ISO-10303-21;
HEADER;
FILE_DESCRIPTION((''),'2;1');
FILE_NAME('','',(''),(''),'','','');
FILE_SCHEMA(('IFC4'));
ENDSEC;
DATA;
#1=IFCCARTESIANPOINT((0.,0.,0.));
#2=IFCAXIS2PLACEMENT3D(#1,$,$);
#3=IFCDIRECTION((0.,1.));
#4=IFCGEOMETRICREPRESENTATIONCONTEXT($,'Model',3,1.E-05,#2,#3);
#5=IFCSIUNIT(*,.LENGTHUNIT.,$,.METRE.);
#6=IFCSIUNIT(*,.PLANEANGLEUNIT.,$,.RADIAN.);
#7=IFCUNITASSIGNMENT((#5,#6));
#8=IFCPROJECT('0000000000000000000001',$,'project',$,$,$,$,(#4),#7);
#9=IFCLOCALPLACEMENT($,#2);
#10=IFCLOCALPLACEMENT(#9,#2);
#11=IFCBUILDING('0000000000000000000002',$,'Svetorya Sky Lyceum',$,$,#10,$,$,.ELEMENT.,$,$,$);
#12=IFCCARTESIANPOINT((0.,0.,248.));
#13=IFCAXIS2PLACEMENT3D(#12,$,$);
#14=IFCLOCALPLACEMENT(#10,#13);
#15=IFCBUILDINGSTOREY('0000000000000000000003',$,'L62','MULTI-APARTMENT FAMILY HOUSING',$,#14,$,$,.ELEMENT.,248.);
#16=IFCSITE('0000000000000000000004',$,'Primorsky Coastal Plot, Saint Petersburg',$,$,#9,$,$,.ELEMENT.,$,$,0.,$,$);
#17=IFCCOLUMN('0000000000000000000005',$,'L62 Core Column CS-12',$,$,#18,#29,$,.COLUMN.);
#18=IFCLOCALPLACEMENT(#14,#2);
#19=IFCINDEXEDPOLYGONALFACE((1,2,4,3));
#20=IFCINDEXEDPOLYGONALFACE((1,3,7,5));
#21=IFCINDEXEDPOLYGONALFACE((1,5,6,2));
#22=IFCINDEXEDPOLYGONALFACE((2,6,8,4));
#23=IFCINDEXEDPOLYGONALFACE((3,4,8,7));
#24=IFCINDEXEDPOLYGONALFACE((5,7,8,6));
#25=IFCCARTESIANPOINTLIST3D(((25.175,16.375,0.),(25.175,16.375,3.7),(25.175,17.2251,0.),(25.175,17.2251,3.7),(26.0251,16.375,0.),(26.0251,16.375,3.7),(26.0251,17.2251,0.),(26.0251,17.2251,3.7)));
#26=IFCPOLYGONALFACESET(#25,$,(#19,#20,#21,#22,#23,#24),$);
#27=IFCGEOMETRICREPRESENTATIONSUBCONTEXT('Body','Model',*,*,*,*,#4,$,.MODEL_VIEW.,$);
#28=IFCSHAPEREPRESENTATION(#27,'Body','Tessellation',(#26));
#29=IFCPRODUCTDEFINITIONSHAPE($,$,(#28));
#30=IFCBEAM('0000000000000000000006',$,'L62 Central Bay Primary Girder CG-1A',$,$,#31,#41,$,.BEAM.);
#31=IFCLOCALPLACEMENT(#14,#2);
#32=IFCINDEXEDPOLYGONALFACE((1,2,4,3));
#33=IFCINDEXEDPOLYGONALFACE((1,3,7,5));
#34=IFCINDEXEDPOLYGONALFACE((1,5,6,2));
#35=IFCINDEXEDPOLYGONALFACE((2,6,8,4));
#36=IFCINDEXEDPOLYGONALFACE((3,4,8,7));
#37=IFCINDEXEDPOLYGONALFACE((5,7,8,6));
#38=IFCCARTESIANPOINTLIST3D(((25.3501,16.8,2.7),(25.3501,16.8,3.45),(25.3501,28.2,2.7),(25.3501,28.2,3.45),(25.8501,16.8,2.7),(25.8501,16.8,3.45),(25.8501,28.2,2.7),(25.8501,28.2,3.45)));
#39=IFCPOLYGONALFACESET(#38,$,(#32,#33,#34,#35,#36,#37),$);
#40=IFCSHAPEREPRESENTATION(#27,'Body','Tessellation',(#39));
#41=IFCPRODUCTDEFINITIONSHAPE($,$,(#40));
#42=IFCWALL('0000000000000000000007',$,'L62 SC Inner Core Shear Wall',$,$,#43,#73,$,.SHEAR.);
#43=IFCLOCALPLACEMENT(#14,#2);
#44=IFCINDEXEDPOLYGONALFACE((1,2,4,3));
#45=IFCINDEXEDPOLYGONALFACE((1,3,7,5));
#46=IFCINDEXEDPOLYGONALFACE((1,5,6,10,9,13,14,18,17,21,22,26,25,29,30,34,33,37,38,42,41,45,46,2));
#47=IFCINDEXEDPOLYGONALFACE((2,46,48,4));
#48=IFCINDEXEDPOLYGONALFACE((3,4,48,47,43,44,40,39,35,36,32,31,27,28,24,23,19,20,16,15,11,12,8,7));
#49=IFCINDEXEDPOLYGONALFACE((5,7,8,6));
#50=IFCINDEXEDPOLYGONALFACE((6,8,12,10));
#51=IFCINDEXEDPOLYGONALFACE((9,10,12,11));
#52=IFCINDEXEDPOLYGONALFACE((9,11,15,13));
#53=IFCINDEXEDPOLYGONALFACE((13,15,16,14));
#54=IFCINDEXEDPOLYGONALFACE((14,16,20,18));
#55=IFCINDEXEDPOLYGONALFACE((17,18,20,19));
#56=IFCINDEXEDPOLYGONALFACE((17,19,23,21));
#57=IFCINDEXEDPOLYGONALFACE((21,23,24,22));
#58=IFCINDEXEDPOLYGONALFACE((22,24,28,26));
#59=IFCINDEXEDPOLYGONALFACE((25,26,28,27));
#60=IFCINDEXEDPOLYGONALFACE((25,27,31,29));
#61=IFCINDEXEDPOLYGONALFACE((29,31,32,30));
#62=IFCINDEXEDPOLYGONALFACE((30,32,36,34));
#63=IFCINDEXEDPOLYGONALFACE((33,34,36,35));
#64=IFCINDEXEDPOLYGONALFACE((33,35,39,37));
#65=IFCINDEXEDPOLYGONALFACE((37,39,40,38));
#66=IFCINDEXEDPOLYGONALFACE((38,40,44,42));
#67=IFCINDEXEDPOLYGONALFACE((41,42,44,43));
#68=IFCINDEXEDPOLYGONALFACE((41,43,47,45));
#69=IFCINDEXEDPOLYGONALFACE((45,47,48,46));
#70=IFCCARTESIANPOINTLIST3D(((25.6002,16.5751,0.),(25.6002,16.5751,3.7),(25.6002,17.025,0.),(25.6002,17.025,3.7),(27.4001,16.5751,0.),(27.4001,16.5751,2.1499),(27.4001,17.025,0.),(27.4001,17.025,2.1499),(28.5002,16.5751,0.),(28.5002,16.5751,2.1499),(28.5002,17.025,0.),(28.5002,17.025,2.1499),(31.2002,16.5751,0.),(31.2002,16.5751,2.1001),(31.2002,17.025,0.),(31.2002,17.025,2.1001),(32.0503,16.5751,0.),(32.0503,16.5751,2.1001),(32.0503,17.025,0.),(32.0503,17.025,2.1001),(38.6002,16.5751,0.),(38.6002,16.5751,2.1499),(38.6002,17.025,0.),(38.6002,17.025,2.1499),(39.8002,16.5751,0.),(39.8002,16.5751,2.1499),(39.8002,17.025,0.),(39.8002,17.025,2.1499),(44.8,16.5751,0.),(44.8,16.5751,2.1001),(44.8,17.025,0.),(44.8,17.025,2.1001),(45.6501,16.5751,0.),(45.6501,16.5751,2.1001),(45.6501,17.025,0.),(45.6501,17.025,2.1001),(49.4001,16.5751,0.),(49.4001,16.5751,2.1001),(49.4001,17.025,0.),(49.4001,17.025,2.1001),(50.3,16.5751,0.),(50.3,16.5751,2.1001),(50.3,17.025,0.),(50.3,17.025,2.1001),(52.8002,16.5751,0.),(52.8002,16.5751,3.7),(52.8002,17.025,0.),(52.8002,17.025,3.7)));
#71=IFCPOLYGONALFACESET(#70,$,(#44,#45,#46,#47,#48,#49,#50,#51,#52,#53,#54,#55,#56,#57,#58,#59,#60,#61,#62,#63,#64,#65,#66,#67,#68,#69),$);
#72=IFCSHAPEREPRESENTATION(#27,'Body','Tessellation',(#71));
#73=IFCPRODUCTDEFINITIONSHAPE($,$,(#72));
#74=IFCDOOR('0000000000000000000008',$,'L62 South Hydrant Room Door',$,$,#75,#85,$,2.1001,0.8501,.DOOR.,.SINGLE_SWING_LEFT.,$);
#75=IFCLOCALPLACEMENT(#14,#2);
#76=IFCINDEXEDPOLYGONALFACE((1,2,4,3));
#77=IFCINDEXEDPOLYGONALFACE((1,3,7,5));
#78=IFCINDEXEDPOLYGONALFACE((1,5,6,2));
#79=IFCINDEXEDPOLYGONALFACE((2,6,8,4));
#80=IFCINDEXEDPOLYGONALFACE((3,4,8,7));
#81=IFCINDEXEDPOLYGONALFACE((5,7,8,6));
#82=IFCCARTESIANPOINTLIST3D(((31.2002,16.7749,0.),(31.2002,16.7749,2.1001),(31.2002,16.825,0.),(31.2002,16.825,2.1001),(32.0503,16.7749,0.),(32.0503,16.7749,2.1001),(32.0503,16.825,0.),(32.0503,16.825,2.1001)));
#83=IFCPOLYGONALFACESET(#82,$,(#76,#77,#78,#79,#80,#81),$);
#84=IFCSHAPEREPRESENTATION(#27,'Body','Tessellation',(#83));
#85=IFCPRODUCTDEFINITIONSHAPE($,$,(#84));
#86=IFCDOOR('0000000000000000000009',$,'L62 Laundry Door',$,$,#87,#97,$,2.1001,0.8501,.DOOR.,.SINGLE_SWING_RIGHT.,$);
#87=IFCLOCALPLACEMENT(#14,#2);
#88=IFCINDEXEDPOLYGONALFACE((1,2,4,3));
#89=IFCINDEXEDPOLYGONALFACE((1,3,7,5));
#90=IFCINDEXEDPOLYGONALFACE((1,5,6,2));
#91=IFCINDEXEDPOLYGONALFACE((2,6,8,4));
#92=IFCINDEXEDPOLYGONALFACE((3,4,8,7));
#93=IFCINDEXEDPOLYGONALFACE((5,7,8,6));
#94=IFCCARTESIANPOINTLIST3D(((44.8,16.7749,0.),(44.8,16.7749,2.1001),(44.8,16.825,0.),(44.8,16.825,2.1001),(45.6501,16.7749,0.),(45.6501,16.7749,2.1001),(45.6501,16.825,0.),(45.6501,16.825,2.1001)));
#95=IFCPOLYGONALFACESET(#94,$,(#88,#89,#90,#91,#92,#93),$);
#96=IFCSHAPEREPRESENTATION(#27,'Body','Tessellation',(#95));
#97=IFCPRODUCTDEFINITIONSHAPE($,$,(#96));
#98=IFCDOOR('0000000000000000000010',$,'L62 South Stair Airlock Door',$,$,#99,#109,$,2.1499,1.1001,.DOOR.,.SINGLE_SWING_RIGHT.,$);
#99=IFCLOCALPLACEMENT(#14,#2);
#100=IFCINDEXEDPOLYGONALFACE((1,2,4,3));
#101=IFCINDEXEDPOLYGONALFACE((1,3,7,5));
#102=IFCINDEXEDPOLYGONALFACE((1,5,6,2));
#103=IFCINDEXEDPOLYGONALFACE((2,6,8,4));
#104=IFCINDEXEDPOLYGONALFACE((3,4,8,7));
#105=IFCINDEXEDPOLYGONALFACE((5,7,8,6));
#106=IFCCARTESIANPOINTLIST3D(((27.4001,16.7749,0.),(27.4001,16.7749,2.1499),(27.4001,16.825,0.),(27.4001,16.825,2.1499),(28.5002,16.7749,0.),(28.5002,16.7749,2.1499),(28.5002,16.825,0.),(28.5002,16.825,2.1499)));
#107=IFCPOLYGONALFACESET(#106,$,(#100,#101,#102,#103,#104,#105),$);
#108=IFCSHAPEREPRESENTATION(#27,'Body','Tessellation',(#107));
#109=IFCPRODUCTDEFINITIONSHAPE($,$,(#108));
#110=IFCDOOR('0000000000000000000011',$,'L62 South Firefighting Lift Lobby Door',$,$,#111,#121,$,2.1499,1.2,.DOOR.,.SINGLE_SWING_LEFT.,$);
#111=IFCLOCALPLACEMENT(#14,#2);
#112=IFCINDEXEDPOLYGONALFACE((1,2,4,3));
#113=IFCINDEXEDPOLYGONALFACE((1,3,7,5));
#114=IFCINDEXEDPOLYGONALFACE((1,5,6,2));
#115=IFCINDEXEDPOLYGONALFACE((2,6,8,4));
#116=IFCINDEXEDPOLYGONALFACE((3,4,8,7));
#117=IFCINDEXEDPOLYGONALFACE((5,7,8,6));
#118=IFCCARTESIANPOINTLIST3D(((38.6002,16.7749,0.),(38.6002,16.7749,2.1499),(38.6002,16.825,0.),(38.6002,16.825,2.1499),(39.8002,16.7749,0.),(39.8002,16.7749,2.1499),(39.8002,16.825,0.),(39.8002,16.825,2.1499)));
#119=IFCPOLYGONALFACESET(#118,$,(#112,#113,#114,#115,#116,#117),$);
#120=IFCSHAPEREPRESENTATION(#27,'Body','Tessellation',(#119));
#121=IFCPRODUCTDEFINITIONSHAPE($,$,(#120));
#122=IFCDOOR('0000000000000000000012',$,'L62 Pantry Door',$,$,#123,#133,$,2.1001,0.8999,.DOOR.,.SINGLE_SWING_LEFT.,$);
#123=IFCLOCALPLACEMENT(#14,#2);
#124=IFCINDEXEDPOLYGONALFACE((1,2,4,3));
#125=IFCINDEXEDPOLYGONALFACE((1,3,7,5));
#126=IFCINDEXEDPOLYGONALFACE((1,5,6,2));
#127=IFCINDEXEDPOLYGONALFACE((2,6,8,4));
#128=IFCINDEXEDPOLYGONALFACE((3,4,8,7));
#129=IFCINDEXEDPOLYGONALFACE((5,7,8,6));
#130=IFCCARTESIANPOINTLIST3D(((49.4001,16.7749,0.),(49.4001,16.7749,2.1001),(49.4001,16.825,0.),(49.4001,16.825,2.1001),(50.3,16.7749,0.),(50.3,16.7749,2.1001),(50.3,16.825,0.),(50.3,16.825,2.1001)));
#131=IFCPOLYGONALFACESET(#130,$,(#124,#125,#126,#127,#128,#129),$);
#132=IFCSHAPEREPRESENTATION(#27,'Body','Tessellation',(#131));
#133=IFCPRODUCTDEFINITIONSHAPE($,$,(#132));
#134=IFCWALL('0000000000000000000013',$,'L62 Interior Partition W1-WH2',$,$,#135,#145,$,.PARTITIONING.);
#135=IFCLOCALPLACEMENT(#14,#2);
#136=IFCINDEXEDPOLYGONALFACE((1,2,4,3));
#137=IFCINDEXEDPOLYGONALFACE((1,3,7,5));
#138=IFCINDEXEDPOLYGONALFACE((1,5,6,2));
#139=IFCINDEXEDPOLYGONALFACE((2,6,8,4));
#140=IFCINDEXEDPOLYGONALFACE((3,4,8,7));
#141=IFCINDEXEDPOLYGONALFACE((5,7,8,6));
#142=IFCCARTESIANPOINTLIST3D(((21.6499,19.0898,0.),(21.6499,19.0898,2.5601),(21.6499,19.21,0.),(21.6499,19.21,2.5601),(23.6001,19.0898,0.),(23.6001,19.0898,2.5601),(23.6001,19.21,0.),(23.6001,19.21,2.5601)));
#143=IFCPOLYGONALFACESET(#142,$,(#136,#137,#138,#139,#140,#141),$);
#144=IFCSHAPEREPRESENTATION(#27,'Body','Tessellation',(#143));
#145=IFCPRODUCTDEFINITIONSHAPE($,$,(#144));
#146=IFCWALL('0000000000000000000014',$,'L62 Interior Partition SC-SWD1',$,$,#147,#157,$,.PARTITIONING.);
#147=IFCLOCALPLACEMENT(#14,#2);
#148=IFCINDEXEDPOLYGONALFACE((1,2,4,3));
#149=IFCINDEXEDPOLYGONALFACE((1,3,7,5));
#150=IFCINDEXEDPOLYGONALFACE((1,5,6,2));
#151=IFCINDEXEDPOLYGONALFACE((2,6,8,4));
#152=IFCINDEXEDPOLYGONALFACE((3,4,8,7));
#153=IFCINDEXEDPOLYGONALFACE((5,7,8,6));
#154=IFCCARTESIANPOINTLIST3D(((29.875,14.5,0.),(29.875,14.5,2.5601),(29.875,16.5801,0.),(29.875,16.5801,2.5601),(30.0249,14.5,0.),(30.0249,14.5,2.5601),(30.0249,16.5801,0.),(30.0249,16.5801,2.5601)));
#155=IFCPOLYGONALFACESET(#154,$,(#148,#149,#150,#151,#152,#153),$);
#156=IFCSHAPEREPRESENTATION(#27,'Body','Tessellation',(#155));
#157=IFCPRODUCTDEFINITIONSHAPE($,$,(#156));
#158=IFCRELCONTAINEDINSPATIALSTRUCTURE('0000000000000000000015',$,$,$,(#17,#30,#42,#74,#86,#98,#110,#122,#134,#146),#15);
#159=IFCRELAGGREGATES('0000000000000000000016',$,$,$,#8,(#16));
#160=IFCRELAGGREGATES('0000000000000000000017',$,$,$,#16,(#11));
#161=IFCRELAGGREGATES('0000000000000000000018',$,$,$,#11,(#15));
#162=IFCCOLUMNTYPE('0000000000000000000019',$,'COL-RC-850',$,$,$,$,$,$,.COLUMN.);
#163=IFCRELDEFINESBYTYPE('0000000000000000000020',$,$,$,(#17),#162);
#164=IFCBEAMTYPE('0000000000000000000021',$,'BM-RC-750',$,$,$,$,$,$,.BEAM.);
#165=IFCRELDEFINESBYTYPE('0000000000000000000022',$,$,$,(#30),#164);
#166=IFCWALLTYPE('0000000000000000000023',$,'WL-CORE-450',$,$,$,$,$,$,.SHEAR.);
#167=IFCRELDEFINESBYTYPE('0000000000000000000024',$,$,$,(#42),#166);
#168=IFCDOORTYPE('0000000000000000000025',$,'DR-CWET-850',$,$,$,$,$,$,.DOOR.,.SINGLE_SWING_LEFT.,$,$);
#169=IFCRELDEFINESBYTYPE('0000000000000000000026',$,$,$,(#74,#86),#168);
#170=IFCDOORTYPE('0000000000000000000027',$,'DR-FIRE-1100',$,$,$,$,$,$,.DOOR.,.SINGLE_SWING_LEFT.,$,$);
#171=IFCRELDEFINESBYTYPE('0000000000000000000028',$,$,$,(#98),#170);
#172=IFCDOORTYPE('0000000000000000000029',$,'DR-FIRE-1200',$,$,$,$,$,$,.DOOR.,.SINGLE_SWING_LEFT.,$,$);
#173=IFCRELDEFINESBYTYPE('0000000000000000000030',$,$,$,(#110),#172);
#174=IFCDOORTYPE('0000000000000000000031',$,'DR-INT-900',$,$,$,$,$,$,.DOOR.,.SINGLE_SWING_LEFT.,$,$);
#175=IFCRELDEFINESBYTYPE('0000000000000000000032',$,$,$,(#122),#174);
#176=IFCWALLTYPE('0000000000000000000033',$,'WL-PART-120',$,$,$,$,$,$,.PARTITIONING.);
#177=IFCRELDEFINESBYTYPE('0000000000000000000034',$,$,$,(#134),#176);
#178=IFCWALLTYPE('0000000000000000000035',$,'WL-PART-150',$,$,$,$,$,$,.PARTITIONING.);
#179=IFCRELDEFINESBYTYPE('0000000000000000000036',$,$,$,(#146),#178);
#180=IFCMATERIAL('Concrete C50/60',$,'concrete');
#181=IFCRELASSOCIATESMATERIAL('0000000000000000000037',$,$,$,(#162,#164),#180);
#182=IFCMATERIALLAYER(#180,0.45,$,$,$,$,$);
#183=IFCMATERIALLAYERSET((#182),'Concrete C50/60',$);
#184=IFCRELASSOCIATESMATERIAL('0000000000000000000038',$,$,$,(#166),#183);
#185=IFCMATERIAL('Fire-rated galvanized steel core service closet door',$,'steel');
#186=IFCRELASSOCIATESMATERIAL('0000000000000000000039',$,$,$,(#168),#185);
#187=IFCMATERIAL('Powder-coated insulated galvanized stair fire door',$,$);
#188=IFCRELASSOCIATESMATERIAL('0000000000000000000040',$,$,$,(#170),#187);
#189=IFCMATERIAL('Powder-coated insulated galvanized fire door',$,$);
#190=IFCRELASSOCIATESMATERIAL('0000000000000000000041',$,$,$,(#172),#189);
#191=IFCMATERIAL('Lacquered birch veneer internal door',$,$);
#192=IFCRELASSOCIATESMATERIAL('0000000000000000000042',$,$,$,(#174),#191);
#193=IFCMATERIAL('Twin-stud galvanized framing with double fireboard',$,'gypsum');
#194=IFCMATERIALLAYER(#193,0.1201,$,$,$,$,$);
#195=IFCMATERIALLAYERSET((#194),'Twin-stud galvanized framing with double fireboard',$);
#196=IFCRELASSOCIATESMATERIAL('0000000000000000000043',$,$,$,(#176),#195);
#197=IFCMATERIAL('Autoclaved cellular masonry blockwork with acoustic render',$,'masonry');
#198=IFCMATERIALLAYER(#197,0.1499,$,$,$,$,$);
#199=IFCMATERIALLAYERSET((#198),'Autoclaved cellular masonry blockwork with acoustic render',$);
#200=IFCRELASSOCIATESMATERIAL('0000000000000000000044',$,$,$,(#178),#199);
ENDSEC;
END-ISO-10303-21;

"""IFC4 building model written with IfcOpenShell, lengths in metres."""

from ifc_helpers import new_model, si_unit, direction, frame, frame_2d, origin, origin_2d, place, context, subcontext, project, spatial, rectangle, extrude, material, layer, layer_set, material_profile, profile_set, type_object, element, fill, save


model = new_model("IFC4")

# Units and contexts
model_context = context("Model", 3, precision=1e-05, world=origin(), true_north=direction((0.0, 1.0)))
body_context = subcontext(model_context, "Body", "Model", "MODEL_VIEW")
ifc_project = project(units=[si_unit("LENGTHUNIT", "METRE"), si_unit("PLANEANGLEUNIT", "RADIAN")], contexts=[model_context])

# Site, building, storey
site_placement = place(None, origin())
site = spatial("IfcSite", under=ifc_project, at=site_placement, Name="Primorsky Coastal Plot, Saint Petersburg", CompositionType="ELEMENT", RefElevation=0.0)
building_placement = place(site_placement, origin())
building = spatial("IfcBuilding", under=site, at=building_placement, Name="Svetorya Sky Lyceum", CompositionType="ELEMENT")
storey_placement = place(building_placement, frame((0.0, 0.0, 248.0)))
storey = spatial("IfcBuildingStorey", under=building, at=storey_placement, Name="L62", Description="MULTI-APARTMENT FAMILY HOUSING", CompositionType="ELEMENT", Elevation=248.0)

# Column
ifc_material_1 = material(Name="Concrete C50/60", Category="concrete")
ifc_material_profile_1 = material_profile(ifc_material_1, rectangle(XDim=0.8501, YDim=0.8501, at=origin_2d()), Name="RC COL 850x850")
ifc_profile_set_1 = profile_set([ifc_material_profile_1], Name="Concrete C50/60")
column_type = type_object("IfcColumnType", Name="COL-RC-850", PredefinedType="COLUMN", material=ifc_profile_set_1)
column_placement = place(storey_placement, frame((25.6001, 16.8, 0.0), z_axis=(0.0, 0.0, 1.0), x_axis=(1.0, 0.0, 0.0)))
element("IfcColumn", 1, at=column_placement, inside=storey, type_object=column_type, Name="L62 Core Column CS-12", PredefinedType="COLUMN", context=body_context, shape_type="SweptSolid", body=[
    extrude(rectangle(XDim=0.8501, YDim=0.8501, at=origin_2d()), origin(), (0.0, 0.0, 1.0), 3.7),
])

# Beam
ifc_material_profile_2 = material_profile(ifc_material_1, rectangle(XDim=0.5, YDim=0.75, at=origin_2d()), Name="RC BEAM 500x750")
ifc_profile_set_2 = profile_set([ifc_material_profile_2], Name="Concrete C50/60")
beam_type = type_object("IfcBeamType", Name="BM-RC-750", PredefinedType="BEAM", material=ifc_profile_set_2)
beam_placement = place(storey_placement, frame((25.6001, 16.8, 3.075), z_axis=(0.0, 1.0, 0.0), x_axis=(-1.0, 0.0, 0.0)))
element("IfcBeam", 2, at=beam_placement, inside=storey, type_object=beam_type, Name="L62 Central Bay Primary Girder CG-1A", PredefinedType="BEAM", context=body_context, shape_type="SweptSolid", body=[
    extrude(rectangle(XDim=0.5, YDim=0.75, at=origin_2d()), origin(), (0.0, 0.0, 1.0), 11.3999),
])

# Wall, openings, doors
ifc_layer_1 = layer(ifc_material_1, 0.45)
ifc_layer_set_1 = layer_set([ifc_layer_1], Name="Concrete C50/60")
wall_type_1 = type_object("IfcWallType", Name="WL-CORE-450", PredefinedType="SHEAR", material=ifc_layer_set_1)
wall_1_placement = place(storey_placement, frame((25.6001, 16.8, 0.0), z_axis=(0.0, 0.0, 1.0), x_axis=(1.0, 0.0, 0.0)))
wall_1 = element("IfcWall", 3, at=wall_1_placement, inside=storey, type_object=wall_type_1, Name="L62 SC Inner Core Shear Wall", PredefinedType="SHEAR", context=body_context, shape_type="SweptSolid", body=[
    extrude(rectangle(XDim=27.2, YDim=0.45, at=frame_2d((13.6001, 0.0))), origin(), (0.0, 0.0, 1.0), 3.7),
])
opening_1_placement = place(wall_1_placement, frame((1.8, 0.0, 0.0)))
opening_1 = element("IfcOpeningElement", 4, at=opening_1_placement, cuts=wall_1, PredefinedType="OPENING", context=body_context, shape_type="SweptSolid", body=[
    extrude(rectangle(XDim=1.1001, YDim=2.1499, at=frame_2d((0.55, 1.075))), frame((0.0, 0.2349, 0.0), z_axis=(0.0, -1.0, 0.0), x_axis=(1.0, 0.0, 0.0)), (0.0, 0.0, 1.0), 0.47),
])
opening_2_placement = place(wall_1_placement, frame((5.6001, 0.0, 0.0)))
opening_2 = element("IfcOpeningElement", 5, at=opening_2_placement, cuts=wall_1, PredefinedType="OPENING", context=body_context, shape_type="SweptSolid", body=[
    extrude(rectangle(XDim=0.8501, YDim=2.1001, at=frame_2d((0.425, 1.05))), frame((0.0, 0.2349, 0.0), z_axis=(0.0, -1.0, 0.0), x_axis=(1.0, 0.0, 0.0)), (0.0, 0.0, 1.0), 0.47),
])
opening_3_placement = place(wall_1_placement, frame((13.0, 0.0, 0.0)))
opening_3 = element("IfcOpeningElement", 6, at=opening_3_placement, cuts=wall_1, PredefinedType="OPENING", context=body_context, shape_type="SweptSolid", body=[
    extrude(rectangle(XDim=1.2, YDim=2.1499, at=frame_2d((0.6001, 1.075))), frame((0.0, 0.2349, 0.0), z_axis=(0.0, -1.0, 0.0), x_axis=(1.0, 0.0, 0.0)), (0.0, 0.0, 1.0), 0.47),
])
opening_4_placement = place(wall_1_placement, frame((19.2, 0.0, 0.0)))
opening_4 = element("IfcOpeningElement", 7, at=opening_4_placement, cuts=wall_1, PredefinedType="OPENING", context=body_context, shape_type="SweptSolid", body=[
    extrude(rectangle(XDim=0.8501, YDim=2.1001, at=frame_2d((0.425, 1.05))), frame((0.0, 0.2349, 0.0), z_axis=(0.0, -1.0, 0.0), x_axis=(1.0, 0.0, 0.0)), (0.0, 0.0, 1.0), 0.47),
])
opening_5_placement = place(wall_1_placement, frame((23.8, 0.0, 0.0)))
opening_5 = element("IfcOpeningElement", 8, at=opening_5_placement, cuts=wall_1, PredefinedType="OPENING", context=body_context, shape_type="SweptSolid", body=[
    extrude(rectangle(XDim=0.8999, YDim=2.1001, at=frame_2d((0.45, 1.05))), frame((0.0, 0.2349, 0.0), z_axis=(0.0, -1.0, 0.0), x_axis=(1.0, 0.0, 0.0)), (0.0, 0.0, 1.0), 0.47),
])
ifc_material_2 = material(Name="Fire-rated galvanized steel core service closet door", Category="steel")
door_type_1 = type_object("IfcDoorType", Name="DR-CWET-850", OperationType="SINGLE_SWING_LEFT", PredefinedType="DOOR", material=ifc_material_2)
door_1_placement = place(opening_2_placement, origin())
door_1 = element("IfcDoor", 9, at=door_1_placement, inside=storey, type_object=door_type_1, Name="L62 South Hydrant Room Door", OperationType="SINGLE_SWING_LEFT", OverallHeight=2.1001, OverallWidth=0.8501, PredefinedType="DOOR", context=body_context, shape_type="SweptSolid", body=[
    extrude(rectangle(XDim=0.8501, YDim=2.1001, at=frame_2d((0.425, 1.05))), frame((0.0, 0.0249, 0.0), z_axis=(0.0, -1.0, 0.0), x_axis=(1.0, 0.0, 0.0)), (0.0, 0.0, 1.0), 0.05),
])
fill(opening_2, door_1)
door_2_placement = place(opening_4_placement, origin())
door_2 = element("IfcDoor", 10, at=door_2_placement, inside=storey, type_object=door_type_1, Name="L62 Laundry Door", OperationType="SINGLE_SWING_RIGHT", OverallHeight=2.1001, OverallWidth=0.8501, PredefinedType="DOOR", context=body_context, shape_type="SweptSolid", body=[
    extrude(rectangle(XDim=0.8501, YDim=2.1001, at=frame_2d((0.425, 1.05))), frame((0.0, 0.0249, 0.0), z_axis=(0.0, -1.0, 0.0), x_axis=(1.0, 0.0, 0.0)), (0.0, 0.0, 1.0), 0.05),
])
fill(opening_4, door_2)
ifc_material_3 = material(Name="Powder-coated insulated galvanized stair fire door")
door_type_2 = type_object("IfcDoorType", Name="DR-FIRE-1100", OperationType="SINGLE_SWING_LEFT", PredefinedType="DOOR", material=ifc_material_3)
door_3_placement = place(opening_1_placement, origin())
door_3 = element("IfcDoor", 11, at=door_3_placement, inside=storey, type_object=door_type_2, Name="L62 South Stair Airlock Door", OperationType="SINGLE_SWING_RIGHT", OverallHeight=2.1499, OverallWidth=1.1001, PredefinedType="DOOR", context=body_context, shape_type="SweptSolid", body=[
    extrude(rectangle(XDim=1.1001, YDim=2.1499, at=frame_2d((0.55, 1.075))), frame((0.0, 0.0249, 0.0), z_axis=(0.0, -1.0, 0.0), x_axis=(1.0, 0.0, 0.0)), (0.0, 0.0, 1.0), 0.05),
])
fill(opening_1, door_3)
ifc_material_4 = material(Name="Powder-coated insulated galvanized fire door")
door_type_3 = type_object("IfcDoorType", Name="DR-FIRE-1200", OperationType="SINGLE_SWING_LEFT", PredefinedType="DOOR", material=ifc_material_4)
door_4_placement = place(opening_3_placement, origin())
door_4 = element("IfcDoor", 12, at=door_4_placement, inside=storey, type_object=door_type_3, Name="L62 South Firefighting Lift Lobby Door", OperationType="SINGLE_SWING_LEFT", OverallHeight=2.1499, OverallWidth=1.2, PredefinedType="DOOR", context=body_context, shape_type="SweptSolid", body=[
    extrude(rectangle(XDim=1.2, YDim=2.1499, at=frame_2d((0.6001, 1.075))), frame((0.0, 0.0249, 0.0), z_axis=(0.0, -1.0, 0.0), x_axis=(1.0, 0.0, 0.0)), (0.0, 0.0, 1.0), 0.05),
])
fill(opening_3, door_4)
ifc_material_5 = material(Name="Lacquered birch veneer internal door")
door_type_4 = type_object("IfcDoorType", Name="DR-INT-900", OperationType="SINGLE_SWING_LEFT", PredefinedType="DOOR", material=ifc_material_5)
door_5_placement = place(opening_5_placement, origin())
door_5 = element("IfcDoor", 13, at=door_5_placement, inside=storey, type_object=door_type_4, Name="L62 Pantry Door", OperationType="SINGLE_SWING_LEFT", OverallHeight=2.1001, OverallWidth=0.8999, PredefinedType="DOOR", context=body_context, shape_type="SweptSolid", body=[
    extrude(rectangle(XDim=0.8999, YDim=2.1001, at=frame_2d((0.45, 1.05))), frame((0.0, 0.0249, 0.0), z_axis=(0.0, -1.0, 0.0), x_axis=(1.0, 0.0, 0.0)), (0.0, 0.0, 1.0), 0.05),
])
fill(opening_5, door_5)

# Walls
ifc_material_6 = material(Name="Twin-stud galvanized framing with double fireboard", Category="gypsum")
ifc_layer_2 = layer(ifc_material_6, 0.1201)
ifc_layer_set_2 = layer_set([ifc_layer_2], Name="Twin-stud galvanized framing with double fireboard")
wall_type_2 = type_object("IfcWallType", Name="WL-PART-120", PredefinedType="PARTITIONING", material=ifc_layer_set_2)
wall_2_placement = place(storey_placement, frame((21.6499, 19.1499, 0.0), z_axis=(0.0, 0.0, 1.0), x_axis=(1.0, 0.0, 0.0)))
element("IfcWall", 14, at=wall_2_placement, inside=storey, type_object=wall_type_2, Name="L62 Interior Partition W1-WH2", PredefinedType="PARTITIONING", context=body_context, shape_type="SweptSolid", body=[
    extrude(rectangle(XDim=1.9502, YDim=0.1201, at=frame_2d((0.9751, 0.0))), origin(), (0.0, 0.0, 1.0), 2.5601),
])
ifc_material_7 = material(Name="Autoclaved cellular masonry blockwork with acoustic render", Category="masonry")
ifc_layer_3 = layer(ifc_material_7, 0.1499)
ifc_layer_set_3 = layer_set([ifc_layer_3], Name="Autoclaved cellular masonry blockwork with acoustic render")
wall_type_3 = type_object("IfcWallType", Name="WL-PART-150", PredefinedType="PARTITIONING", material=ifc_layer_set_3)
wall_3_placement = place(storey_placement, frame((29.95, 14.5, 0.0), z_axis=(0.0, 0.0, 1.0), x_axis=(0.0, 1.0, 0.0)))
element("IfcWall", 15, at=wall_3_placement, inside=storey, type_object=wall_type_3, Name="L62 Interior Partition SC-SWD1", PredefinedType="PARTITIONING", context=body_context, shape_type="SweptSolid", body=[
    extrude(rectangle(XDim=2.0801, YDim=0.1499, at=frame_2d((1.04, 0.0))), origin(), (0.0, 0.0, 1.0), 2.5601),
])

save(model, "model.ifc")
